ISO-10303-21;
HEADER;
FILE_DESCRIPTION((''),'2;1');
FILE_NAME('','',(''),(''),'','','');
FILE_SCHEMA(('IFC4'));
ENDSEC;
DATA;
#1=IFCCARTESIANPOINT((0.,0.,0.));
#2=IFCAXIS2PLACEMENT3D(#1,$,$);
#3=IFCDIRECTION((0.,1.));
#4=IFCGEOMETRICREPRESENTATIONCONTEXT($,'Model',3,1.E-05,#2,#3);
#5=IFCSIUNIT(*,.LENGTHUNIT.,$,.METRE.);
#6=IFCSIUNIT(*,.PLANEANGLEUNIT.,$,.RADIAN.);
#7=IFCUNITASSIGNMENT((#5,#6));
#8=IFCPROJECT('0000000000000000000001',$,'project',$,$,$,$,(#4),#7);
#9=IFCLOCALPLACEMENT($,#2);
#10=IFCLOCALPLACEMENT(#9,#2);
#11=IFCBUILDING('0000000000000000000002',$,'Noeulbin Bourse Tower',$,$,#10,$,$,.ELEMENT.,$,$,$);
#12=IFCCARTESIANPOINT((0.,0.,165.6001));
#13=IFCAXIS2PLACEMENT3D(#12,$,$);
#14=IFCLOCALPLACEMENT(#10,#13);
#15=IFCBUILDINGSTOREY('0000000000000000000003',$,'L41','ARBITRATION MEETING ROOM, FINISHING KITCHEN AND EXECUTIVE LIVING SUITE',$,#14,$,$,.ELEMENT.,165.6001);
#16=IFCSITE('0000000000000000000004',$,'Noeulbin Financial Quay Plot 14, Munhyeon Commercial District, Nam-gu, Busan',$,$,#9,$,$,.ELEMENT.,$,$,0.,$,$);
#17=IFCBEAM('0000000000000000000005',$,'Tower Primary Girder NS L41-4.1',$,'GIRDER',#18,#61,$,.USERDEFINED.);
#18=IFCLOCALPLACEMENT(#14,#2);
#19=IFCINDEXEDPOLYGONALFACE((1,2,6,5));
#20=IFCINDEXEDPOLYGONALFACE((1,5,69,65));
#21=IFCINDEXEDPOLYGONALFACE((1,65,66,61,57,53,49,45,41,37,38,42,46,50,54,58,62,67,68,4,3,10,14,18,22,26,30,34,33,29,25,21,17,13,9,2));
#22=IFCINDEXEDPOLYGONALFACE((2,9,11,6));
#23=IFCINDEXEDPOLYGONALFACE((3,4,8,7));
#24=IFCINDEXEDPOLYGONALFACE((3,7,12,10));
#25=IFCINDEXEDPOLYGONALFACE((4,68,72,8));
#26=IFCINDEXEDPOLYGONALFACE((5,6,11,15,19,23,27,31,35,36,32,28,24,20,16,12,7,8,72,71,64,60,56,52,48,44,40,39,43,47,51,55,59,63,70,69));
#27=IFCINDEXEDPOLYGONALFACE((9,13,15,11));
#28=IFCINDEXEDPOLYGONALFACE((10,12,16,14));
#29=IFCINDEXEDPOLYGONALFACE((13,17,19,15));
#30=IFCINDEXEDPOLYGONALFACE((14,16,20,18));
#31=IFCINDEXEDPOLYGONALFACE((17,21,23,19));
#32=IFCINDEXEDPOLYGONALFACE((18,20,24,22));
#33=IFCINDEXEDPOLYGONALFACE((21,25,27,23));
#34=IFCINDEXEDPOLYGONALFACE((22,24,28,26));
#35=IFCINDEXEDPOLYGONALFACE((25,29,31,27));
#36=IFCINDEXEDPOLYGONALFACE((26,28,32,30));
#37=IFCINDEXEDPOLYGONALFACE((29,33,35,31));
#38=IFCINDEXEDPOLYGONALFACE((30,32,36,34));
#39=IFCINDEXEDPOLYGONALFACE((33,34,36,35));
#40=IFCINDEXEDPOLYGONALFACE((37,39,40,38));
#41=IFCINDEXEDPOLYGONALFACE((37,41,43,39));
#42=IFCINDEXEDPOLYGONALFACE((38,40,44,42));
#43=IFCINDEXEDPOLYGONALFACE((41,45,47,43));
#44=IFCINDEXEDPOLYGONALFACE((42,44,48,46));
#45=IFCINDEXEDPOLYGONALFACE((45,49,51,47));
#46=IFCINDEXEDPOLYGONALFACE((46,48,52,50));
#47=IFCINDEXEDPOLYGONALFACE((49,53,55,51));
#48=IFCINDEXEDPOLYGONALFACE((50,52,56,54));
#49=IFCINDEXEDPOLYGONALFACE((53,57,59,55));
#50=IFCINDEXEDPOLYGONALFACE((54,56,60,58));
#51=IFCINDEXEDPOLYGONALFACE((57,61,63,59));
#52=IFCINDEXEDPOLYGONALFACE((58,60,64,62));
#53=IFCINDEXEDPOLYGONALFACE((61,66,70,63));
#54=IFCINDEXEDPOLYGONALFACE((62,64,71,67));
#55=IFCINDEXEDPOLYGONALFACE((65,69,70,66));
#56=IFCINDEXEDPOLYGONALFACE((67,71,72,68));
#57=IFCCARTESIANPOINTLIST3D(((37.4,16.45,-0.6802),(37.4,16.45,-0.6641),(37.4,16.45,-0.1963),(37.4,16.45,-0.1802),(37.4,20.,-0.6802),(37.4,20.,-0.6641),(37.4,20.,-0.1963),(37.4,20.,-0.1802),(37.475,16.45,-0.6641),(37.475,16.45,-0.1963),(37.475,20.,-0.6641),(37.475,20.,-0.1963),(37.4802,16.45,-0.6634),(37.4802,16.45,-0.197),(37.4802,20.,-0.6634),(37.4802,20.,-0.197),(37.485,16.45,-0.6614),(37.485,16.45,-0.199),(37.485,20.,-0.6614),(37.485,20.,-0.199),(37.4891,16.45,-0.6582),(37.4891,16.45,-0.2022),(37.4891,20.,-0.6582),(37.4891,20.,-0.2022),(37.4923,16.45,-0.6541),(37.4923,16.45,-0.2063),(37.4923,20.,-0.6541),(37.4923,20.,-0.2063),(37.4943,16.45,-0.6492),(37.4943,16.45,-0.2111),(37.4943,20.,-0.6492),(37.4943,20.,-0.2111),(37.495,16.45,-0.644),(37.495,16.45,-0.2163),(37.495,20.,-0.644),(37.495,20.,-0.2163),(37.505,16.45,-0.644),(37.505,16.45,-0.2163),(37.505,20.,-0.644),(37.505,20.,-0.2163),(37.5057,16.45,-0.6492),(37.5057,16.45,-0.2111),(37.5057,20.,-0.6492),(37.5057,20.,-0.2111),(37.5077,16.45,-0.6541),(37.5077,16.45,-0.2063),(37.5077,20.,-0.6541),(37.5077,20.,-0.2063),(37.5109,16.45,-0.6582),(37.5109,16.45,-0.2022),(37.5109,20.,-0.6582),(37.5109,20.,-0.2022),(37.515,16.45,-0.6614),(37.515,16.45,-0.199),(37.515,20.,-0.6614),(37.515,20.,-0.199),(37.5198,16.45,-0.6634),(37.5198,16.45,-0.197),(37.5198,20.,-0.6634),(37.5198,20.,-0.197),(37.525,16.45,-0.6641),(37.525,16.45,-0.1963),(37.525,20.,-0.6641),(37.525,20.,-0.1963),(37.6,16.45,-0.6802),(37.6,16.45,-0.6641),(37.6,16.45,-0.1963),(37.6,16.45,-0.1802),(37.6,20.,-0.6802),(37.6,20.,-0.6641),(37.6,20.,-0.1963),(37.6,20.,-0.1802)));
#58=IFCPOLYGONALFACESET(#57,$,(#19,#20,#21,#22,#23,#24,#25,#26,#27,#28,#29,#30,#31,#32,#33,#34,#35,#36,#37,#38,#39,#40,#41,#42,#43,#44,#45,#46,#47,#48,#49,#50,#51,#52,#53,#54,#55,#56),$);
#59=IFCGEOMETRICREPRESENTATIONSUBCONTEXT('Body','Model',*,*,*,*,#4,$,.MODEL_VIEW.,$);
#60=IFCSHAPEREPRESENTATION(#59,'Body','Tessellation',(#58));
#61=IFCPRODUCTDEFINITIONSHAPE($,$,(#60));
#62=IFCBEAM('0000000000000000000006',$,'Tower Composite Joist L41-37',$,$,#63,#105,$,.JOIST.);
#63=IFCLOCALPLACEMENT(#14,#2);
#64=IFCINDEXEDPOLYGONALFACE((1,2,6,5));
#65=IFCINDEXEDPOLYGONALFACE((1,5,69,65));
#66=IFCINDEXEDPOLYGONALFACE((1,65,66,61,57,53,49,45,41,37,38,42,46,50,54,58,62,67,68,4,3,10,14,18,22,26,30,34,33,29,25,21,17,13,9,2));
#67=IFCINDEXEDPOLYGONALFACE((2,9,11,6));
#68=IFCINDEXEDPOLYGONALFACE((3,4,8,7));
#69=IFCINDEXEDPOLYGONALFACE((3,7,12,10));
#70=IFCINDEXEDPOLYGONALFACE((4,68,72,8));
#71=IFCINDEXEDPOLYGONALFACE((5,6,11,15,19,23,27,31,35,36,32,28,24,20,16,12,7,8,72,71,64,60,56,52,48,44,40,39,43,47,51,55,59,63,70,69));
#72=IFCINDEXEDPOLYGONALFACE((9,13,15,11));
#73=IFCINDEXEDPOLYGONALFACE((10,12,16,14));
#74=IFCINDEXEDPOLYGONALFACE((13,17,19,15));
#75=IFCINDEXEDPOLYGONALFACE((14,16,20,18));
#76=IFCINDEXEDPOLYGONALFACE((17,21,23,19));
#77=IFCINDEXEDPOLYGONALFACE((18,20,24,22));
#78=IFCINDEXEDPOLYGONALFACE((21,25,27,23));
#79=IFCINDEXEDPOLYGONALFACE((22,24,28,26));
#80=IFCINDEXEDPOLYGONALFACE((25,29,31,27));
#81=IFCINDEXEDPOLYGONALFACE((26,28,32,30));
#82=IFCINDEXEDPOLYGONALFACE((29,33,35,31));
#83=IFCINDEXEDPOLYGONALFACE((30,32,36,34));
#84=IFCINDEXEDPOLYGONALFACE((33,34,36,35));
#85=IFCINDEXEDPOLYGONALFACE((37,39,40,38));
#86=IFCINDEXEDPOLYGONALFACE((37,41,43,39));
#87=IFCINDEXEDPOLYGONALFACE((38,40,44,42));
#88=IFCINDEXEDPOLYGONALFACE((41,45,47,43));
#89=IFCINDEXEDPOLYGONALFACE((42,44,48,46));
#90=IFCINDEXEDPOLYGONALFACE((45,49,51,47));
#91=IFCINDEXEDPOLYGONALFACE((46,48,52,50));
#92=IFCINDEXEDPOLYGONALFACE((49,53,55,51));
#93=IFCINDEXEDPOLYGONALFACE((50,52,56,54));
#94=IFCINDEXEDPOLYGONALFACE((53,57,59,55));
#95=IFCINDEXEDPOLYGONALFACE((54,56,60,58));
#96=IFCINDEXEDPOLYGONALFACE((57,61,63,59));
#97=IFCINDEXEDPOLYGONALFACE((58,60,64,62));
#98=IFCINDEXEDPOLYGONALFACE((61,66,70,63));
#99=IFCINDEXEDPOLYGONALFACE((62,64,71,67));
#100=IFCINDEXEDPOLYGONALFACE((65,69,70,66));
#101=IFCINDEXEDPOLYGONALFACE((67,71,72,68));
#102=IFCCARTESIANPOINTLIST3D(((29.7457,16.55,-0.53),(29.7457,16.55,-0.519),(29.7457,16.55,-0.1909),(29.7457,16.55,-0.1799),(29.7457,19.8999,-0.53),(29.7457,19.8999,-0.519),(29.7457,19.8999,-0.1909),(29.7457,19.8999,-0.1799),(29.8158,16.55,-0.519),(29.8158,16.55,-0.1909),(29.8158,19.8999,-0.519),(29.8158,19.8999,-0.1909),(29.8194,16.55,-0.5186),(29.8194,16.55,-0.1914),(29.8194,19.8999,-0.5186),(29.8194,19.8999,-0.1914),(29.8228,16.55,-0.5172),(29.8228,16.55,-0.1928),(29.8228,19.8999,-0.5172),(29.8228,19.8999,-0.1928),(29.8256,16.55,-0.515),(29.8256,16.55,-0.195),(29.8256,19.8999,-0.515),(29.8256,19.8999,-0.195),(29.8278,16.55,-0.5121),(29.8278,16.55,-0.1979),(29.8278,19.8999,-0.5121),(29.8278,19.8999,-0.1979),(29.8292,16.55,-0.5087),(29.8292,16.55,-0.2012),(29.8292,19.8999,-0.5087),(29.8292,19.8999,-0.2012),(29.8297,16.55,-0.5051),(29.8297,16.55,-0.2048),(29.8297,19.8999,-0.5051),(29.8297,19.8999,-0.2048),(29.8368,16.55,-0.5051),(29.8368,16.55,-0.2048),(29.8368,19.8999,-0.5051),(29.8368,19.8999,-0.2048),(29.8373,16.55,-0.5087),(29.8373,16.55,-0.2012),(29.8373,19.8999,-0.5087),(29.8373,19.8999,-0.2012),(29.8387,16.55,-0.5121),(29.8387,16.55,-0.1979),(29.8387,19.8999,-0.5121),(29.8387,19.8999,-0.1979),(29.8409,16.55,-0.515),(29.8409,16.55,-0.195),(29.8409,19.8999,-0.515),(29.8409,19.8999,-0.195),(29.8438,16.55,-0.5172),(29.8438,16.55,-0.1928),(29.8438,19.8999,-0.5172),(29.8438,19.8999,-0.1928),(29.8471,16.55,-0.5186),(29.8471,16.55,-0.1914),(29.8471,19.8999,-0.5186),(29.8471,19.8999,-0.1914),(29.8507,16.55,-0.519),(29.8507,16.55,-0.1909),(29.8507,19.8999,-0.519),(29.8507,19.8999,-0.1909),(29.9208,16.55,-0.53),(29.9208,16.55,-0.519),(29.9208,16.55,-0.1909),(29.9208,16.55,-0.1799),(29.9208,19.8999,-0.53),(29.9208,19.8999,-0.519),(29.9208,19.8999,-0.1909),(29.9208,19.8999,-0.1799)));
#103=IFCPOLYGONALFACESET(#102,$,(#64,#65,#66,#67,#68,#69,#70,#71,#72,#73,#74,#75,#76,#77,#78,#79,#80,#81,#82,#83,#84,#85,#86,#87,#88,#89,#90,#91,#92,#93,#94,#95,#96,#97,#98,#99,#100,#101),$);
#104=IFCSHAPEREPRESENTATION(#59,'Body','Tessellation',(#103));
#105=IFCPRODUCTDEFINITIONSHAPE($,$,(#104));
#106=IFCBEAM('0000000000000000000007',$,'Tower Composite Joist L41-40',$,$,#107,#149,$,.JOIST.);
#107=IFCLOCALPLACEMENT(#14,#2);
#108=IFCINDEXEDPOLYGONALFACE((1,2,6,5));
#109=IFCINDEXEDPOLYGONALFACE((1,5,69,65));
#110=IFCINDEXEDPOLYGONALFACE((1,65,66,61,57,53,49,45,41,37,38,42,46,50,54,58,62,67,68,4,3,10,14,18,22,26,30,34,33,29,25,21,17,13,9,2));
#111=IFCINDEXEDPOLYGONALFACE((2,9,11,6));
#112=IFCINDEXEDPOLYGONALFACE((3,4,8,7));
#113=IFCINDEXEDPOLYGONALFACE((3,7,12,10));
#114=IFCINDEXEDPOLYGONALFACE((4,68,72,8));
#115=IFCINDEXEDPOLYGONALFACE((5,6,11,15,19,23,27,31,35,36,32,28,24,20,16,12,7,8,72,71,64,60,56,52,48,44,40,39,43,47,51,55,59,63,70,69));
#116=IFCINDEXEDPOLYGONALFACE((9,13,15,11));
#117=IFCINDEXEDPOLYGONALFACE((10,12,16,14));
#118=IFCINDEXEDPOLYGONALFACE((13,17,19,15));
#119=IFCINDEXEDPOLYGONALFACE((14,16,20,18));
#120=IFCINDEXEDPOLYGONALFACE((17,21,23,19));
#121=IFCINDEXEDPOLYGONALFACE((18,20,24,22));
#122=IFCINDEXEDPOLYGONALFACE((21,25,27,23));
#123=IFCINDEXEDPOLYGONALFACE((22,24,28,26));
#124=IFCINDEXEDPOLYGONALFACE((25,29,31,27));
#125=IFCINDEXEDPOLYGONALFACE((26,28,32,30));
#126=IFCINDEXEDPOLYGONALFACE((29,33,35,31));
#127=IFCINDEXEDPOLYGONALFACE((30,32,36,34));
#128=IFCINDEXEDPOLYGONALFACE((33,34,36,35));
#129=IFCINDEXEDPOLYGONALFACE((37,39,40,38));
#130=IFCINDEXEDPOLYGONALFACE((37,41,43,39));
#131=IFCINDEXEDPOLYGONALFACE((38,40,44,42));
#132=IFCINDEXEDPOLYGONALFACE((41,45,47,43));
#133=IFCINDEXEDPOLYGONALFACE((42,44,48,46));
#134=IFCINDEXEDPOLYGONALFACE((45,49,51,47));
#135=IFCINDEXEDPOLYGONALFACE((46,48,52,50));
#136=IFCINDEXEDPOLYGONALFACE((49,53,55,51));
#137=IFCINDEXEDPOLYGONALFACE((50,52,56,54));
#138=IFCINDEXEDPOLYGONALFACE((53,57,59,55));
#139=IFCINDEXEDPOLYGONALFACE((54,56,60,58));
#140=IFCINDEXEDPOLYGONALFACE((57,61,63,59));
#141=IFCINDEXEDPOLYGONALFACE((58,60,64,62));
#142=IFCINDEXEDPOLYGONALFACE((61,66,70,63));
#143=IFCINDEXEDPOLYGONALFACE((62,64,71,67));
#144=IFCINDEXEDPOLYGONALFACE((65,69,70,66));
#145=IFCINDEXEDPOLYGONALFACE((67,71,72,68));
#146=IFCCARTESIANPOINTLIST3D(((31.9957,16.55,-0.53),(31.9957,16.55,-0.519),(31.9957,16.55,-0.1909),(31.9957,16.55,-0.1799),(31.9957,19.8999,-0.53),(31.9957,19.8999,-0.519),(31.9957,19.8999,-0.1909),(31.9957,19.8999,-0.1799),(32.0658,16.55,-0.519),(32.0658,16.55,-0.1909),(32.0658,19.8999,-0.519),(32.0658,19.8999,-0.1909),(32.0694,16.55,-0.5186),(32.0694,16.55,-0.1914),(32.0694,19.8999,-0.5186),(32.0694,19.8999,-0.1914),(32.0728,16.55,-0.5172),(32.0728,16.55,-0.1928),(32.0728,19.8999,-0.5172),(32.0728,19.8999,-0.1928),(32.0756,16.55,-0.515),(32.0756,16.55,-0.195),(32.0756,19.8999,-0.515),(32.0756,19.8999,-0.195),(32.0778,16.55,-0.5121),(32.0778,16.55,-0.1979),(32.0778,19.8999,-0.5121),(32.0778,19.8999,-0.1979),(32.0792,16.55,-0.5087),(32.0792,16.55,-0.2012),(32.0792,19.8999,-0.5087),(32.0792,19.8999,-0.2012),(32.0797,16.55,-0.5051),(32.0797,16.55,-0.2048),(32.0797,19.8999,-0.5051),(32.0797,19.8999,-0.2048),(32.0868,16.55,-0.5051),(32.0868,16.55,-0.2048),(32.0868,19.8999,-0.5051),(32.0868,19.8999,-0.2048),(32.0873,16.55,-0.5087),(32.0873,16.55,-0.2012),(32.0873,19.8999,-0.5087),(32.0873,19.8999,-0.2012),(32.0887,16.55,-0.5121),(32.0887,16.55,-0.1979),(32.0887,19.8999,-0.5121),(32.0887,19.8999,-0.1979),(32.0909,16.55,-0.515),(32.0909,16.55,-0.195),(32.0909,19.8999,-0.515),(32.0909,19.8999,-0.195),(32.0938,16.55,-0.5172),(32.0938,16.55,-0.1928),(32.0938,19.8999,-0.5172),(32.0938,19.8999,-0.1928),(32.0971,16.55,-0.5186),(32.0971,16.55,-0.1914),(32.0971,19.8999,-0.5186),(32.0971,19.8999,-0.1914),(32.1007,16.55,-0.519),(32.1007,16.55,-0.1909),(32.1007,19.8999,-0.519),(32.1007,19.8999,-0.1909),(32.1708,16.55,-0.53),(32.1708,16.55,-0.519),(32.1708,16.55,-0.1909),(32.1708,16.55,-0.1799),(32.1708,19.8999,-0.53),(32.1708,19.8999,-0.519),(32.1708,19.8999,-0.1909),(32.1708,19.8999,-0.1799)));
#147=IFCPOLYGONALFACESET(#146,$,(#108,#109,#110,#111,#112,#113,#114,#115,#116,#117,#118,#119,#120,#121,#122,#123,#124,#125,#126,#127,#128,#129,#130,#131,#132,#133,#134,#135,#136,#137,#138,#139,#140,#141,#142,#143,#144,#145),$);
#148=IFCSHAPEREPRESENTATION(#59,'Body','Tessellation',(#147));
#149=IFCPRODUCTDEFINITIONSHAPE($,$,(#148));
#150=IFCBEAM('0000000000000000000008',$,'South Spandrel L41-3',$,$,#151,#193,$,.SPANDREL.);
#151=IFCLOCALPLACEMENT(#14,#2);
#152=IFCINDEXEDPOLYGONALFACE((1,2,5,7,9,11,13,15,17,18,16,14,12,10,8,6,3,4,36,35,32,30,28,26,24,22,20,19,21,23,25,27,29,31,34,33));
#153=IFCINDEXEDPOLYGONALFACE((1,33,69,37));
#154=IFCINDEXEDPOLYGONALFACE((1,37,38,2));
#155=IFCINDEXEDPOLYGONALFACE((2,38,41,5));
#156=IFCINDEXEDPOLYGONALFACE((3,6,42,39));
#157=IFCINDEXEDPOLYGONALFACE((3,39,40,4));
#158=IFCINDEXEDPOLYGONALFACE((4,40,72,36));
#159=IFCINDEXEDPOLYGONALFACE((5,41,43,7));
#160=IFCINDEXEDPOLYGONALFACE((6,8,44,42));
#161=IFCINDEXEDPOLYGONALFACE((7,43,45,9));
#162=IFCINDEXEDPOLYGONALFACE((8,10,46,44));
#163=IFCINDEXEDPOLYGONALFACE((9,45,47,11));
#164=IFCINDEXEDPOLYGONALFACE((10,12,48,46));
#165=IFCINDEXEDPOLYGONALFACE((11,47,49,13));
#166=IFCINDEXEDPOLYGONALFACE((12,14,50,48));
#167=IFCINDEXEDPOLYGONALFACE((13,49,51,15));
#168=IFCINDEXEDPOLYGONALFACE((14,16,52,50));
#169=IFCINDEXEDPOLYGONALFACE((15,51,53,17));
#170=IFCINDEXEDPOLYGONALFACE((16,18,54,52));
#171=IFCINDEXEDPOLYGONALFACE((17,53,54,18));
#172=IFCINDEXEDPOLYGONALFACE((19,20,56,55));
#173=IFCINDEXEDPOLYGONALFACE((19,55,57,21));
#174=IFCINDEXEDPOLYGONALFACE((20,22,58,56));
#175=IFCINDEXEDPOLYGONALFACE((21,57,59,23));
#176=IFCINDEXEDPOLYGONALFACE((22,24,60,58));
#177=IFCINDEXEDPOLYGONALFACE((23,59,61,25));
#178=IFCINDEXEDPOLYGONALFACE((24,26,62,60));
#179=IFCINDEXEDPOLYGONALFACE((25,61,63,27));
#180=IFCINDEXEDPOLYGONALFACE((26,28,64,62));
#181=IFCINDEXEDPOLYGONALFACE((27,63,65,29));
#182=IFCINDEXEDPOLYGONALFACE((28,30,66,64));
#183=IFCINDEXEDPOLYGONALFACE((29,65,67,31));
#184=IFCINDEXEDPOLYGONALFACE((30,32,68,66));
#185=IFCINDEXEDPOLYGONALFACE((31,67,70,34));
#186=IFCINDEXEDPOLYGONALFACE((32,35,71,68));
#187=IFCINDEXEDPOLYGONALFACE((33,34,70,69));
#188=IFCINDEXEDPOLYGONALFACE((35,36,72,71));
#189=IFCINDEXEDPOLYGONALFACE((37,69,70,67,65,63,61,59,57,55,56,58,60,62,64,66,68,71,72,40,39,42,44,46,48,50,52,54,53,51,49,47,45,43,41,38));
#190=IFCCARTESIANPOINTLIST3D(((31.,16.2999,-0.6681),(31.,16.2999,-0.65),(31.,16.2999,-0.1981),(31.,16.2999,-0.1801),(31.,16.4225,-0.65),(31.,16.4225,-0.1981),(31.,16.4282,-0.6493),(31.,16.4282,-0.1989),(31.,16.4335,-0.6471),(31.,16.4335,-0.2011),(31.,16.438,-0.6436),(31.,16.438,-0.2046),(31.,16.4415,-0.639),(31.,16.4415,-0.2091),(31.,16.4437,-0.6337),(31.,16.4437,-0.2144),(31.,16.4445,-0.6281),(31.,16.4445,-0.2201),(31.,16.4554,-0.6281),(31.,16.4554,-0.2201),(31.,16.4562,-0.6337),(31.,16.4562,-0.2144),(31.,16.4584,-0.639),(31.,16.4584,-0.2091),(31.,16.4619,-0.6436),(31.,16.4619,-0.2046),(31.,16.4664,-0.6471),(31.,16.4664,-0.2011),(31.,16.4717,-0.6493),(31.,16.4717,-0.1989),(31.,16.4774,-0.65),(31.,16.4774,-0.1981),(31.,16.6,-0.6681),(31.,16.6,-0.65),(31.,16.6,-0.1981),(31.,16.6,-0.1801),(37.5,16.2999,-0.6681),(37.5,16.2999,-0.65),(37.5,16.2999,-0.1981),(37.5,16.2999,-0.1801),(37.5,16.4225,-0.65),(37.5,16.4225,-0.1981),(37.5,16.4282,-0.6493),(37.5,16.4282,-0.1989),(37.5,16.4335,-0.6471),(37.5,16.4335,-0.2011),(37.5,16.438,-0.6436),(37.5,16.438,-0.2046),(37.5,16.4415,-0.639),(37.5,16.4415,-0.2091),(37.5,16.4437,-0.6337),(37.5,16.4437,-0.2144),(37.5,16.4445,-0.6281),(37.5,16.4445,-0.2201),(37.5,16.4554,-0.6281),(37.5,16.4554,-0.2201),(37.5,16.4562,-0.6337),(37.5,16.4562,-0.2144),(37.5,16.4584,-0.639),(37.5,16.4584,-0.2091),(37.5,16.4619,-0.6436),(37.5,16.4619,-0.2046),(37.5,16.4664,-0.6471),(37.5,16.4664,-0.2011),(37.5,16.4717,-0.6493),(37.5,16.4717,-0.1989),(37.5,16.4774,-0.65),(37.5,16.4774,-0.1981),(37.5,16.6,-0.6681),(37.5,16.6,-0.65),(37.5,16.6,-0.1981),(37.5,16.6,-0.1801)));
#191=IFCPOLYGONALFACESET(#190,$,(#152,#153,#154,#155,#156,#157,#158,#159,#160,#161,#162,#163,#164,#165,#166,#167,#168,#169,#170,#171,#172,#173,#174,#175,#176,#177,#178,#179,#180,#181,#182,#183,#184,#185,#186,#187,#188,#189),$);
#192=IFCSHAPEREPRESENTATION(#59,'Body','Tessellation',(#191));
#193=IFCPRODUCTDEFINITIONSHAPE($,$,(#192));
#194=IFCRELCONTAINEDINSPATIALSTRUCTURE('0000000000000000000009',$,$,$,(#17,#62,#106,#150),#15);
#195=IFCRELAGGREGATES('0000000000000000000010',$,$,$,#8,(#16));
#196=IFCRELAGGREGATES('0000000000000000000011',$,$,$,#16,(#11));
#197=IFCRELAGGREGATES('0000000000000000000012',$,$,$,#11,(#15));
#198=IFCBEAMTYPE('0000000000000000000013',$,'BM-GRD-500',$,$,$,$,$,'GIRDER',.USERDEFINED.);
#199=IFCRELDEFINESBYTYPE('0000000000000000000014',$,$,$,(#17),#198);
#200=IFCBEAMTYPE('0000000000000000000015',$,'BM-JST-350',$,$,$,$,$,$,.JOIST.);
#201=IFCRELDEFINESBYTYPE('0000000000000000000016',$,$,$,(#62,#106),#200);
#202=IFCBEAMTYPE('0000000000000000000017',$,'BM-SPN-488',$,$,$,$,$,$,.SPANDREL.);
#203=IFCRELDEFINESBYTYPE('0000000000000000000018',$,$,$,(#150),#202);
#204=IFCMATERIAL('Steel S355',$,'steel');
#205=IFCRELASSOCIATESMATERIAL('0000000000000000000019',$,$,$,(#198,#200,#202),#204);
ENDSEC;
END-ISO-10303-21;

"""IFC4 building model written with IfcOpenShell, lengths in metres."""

from ifc_helpers import new_model, si_unit, direction, frame, origin, origin_2d, place, context, subcontext, project, spatial, i_section, extrude, material, material_profile, profile_set, type_object, element, save


model = new_model("IFC4")

# Units and contexts
model_context = context("Model", 3, precision=1e-05, world=origin(), true_north=direction((0.0, 1.0)))
body_context = subcontext(model_context, "Body", "Model", "MODEL_VIEW")
ifc_project = project(units=[si_unit("LENGTHUNIT", "METRE"), si_unit("PLANEANGLEUNIT", "RADIAN")], contexts=[model_context])

# Site, building, storey
site_placement = place(None, origin())
site = spatial("IfcSite", under=ifc_project, at=site_placement, Name="Noeulbin Financial Quay Plot 14, Munhyeon Commercial District, Nam-gu, Busan", CompositionType="ELEMENT", RefElevation=0.0)
building_placement = place(site_placement, origin())
building = spatial("IfcBuilding", under=site, at=building_placement, Name="Noeulbin Bourse Tower", CompositionType="ELEMENT")
storey_placement = place(building_placement, frame((0.0, 0.0, 165.6001)))
storey = spatial("IfcBuildingStorey", under=building, at=storey_placement, Name="L41", Description="ARBITRATION MEETING ROOM, FINISHING KITCHEN AND EXECUTIVE LIVING SUITE", CompositionType="ELEMENT", Elevation=165.6001)

# Shared definitions
ifc_material_1 = material(Name="Steel S355", Category="steel")

# Beams
ifc_material_profile_1 = material_profile(ifc_material_1, i_section(OverallWidth=0.2, OverallDepth=0.5, WebThickness=0.01, FlangeThickness=0.0161, FilletRadius=0.02, at=origin_2d()), Name="H-500x200x10x16", Category="LoadBearing")
ifc_profile_set_1 = profile_set([ifc_material_profile_1], Name="Steel S355")
beam_type_1 = type_object("IfcBeamType", Name="BM-GRD-500", ElementType="GIRDER", PredefinedType="USERDEFINED", material=ifc_profile_set_1)
for number, where, z_axis, x_axis, name in (
    (1, (37.5, 16.45, -0.4302), (0.0, 1.0, 0.0), (-1.0, 0.0, 0.0), "Tower Primary Girder NS L41-4.1"),
):
    element("IfcBeam", number, at=place(storey_placement, frame(where, z_axis=z_axis, x_axis=x_axis)), inside=storey, type_object=beam_type_1, Name=name, ObjectType="GIRDER", PredefinedType="USERDEFINED", context=body_context, shape_type="SweptSolid", body=[
        extrude(i_section(OverallWidth=0.2, OverallDepth=0.5, WebThickness=0.01, FlangeThickness=0.0161, FilletRadius=0.02, at=origin_2d()), origin(), (0.0, 0.0, 1.0), 3.55),
    ])
ifc_material_profile_2 = material_profile(ifc_material_1, i_section(OverallWidth=0.175, OverallDepth=0.3501, WebThickness=0.0071, FlangeThickness=0.011, FilletRadius=0.0139, at=origin_2d()), Name="H-350x175x7x11", Category="LoadBearing")
ifc_profile_set_2 = profile_set([ifc_material_profile_2], Name="Steel S355")
beam_type_2 = type_object("IfcBeamType", Name="BM-JST-350", PredefinedType="JOIST", material=ifc_profile_set_2)
for number, where, z_axis, x_axis, name in (
    (2, (29.8333, 16.55, -0.355), (0.0, 1.0, 0.0), (-1.0, 0.0, 0.0), "Tower Composite Joist L41-37"),
    (3, (32.0833, 16.55, -0.355), (0.0, 1.0, 0.0), (-1.0, 0.0, 0.0), "Tower Composite Joist L41-40"),
):
    element("IfcBeam", number, at=place(storey_placement, frame(where, z_axis=z_axis, x_axis=x_axis)), inside=storey, type_object=beam_type_2, Name=name, PredefinedType="JOIST", context=body_context, shape_type="SweptSolid", body=[
        extrude(i_section(OverallWidth=0.175, OverallDepth=0.3501, WebThickness=0.0071, FlangeThickness=0.011, FilletRadius=0.0139, at=origin_2d()), origin(), (0.0, 0.0, 1.0), 3.3499),
    ])
ifc_material_profile_3 = material_profile(ifc_material_1, i_section(OverallWidth=0.3, OverallDepth=0.488, WebThickness=0.011, FlangeThickness=0.0181, FilletRadius=0.022, at=origin_2d()), Name="H-488x300x11x18", Category="LoadBearing")
ifc_profile_set_3 = profile_set([ifc_material_profile_3], Name="Steel S355")
beam_type_3 = type_object("IfcBeamType", Name="BM-SPN-488", PredefinedType="SPANDREL", material=ifc_profile_set_3)
for number, where, z_axis, x_axis, name in (
    (4, (31.0, 16.45, -0.4241), (1.0, 0.0, 0.0), (0.0, 1.0, 0.0), "South Spandrel L41-3"),
):
    element("IfcBeam", number, at=place(storey_placement, frame(where, z_axis=z_axis, x_axis=x_axis)), inside=storey, type_object=beam_type_3, Name=name, PredefinedType="SPANDREL", context=body_context, shape_type="SweptSolid", body=[
        extrude(i_section(OverallWidth=0.3, OverallDepth=0.488, WebThickness=0.011, FlangeThickness=0.0181, FilletRadius=0.022, at=origin_2d()), origin(), (0.0, 0.0, 1.0), 6.5),
    ])

save(model, "model.ifc")
